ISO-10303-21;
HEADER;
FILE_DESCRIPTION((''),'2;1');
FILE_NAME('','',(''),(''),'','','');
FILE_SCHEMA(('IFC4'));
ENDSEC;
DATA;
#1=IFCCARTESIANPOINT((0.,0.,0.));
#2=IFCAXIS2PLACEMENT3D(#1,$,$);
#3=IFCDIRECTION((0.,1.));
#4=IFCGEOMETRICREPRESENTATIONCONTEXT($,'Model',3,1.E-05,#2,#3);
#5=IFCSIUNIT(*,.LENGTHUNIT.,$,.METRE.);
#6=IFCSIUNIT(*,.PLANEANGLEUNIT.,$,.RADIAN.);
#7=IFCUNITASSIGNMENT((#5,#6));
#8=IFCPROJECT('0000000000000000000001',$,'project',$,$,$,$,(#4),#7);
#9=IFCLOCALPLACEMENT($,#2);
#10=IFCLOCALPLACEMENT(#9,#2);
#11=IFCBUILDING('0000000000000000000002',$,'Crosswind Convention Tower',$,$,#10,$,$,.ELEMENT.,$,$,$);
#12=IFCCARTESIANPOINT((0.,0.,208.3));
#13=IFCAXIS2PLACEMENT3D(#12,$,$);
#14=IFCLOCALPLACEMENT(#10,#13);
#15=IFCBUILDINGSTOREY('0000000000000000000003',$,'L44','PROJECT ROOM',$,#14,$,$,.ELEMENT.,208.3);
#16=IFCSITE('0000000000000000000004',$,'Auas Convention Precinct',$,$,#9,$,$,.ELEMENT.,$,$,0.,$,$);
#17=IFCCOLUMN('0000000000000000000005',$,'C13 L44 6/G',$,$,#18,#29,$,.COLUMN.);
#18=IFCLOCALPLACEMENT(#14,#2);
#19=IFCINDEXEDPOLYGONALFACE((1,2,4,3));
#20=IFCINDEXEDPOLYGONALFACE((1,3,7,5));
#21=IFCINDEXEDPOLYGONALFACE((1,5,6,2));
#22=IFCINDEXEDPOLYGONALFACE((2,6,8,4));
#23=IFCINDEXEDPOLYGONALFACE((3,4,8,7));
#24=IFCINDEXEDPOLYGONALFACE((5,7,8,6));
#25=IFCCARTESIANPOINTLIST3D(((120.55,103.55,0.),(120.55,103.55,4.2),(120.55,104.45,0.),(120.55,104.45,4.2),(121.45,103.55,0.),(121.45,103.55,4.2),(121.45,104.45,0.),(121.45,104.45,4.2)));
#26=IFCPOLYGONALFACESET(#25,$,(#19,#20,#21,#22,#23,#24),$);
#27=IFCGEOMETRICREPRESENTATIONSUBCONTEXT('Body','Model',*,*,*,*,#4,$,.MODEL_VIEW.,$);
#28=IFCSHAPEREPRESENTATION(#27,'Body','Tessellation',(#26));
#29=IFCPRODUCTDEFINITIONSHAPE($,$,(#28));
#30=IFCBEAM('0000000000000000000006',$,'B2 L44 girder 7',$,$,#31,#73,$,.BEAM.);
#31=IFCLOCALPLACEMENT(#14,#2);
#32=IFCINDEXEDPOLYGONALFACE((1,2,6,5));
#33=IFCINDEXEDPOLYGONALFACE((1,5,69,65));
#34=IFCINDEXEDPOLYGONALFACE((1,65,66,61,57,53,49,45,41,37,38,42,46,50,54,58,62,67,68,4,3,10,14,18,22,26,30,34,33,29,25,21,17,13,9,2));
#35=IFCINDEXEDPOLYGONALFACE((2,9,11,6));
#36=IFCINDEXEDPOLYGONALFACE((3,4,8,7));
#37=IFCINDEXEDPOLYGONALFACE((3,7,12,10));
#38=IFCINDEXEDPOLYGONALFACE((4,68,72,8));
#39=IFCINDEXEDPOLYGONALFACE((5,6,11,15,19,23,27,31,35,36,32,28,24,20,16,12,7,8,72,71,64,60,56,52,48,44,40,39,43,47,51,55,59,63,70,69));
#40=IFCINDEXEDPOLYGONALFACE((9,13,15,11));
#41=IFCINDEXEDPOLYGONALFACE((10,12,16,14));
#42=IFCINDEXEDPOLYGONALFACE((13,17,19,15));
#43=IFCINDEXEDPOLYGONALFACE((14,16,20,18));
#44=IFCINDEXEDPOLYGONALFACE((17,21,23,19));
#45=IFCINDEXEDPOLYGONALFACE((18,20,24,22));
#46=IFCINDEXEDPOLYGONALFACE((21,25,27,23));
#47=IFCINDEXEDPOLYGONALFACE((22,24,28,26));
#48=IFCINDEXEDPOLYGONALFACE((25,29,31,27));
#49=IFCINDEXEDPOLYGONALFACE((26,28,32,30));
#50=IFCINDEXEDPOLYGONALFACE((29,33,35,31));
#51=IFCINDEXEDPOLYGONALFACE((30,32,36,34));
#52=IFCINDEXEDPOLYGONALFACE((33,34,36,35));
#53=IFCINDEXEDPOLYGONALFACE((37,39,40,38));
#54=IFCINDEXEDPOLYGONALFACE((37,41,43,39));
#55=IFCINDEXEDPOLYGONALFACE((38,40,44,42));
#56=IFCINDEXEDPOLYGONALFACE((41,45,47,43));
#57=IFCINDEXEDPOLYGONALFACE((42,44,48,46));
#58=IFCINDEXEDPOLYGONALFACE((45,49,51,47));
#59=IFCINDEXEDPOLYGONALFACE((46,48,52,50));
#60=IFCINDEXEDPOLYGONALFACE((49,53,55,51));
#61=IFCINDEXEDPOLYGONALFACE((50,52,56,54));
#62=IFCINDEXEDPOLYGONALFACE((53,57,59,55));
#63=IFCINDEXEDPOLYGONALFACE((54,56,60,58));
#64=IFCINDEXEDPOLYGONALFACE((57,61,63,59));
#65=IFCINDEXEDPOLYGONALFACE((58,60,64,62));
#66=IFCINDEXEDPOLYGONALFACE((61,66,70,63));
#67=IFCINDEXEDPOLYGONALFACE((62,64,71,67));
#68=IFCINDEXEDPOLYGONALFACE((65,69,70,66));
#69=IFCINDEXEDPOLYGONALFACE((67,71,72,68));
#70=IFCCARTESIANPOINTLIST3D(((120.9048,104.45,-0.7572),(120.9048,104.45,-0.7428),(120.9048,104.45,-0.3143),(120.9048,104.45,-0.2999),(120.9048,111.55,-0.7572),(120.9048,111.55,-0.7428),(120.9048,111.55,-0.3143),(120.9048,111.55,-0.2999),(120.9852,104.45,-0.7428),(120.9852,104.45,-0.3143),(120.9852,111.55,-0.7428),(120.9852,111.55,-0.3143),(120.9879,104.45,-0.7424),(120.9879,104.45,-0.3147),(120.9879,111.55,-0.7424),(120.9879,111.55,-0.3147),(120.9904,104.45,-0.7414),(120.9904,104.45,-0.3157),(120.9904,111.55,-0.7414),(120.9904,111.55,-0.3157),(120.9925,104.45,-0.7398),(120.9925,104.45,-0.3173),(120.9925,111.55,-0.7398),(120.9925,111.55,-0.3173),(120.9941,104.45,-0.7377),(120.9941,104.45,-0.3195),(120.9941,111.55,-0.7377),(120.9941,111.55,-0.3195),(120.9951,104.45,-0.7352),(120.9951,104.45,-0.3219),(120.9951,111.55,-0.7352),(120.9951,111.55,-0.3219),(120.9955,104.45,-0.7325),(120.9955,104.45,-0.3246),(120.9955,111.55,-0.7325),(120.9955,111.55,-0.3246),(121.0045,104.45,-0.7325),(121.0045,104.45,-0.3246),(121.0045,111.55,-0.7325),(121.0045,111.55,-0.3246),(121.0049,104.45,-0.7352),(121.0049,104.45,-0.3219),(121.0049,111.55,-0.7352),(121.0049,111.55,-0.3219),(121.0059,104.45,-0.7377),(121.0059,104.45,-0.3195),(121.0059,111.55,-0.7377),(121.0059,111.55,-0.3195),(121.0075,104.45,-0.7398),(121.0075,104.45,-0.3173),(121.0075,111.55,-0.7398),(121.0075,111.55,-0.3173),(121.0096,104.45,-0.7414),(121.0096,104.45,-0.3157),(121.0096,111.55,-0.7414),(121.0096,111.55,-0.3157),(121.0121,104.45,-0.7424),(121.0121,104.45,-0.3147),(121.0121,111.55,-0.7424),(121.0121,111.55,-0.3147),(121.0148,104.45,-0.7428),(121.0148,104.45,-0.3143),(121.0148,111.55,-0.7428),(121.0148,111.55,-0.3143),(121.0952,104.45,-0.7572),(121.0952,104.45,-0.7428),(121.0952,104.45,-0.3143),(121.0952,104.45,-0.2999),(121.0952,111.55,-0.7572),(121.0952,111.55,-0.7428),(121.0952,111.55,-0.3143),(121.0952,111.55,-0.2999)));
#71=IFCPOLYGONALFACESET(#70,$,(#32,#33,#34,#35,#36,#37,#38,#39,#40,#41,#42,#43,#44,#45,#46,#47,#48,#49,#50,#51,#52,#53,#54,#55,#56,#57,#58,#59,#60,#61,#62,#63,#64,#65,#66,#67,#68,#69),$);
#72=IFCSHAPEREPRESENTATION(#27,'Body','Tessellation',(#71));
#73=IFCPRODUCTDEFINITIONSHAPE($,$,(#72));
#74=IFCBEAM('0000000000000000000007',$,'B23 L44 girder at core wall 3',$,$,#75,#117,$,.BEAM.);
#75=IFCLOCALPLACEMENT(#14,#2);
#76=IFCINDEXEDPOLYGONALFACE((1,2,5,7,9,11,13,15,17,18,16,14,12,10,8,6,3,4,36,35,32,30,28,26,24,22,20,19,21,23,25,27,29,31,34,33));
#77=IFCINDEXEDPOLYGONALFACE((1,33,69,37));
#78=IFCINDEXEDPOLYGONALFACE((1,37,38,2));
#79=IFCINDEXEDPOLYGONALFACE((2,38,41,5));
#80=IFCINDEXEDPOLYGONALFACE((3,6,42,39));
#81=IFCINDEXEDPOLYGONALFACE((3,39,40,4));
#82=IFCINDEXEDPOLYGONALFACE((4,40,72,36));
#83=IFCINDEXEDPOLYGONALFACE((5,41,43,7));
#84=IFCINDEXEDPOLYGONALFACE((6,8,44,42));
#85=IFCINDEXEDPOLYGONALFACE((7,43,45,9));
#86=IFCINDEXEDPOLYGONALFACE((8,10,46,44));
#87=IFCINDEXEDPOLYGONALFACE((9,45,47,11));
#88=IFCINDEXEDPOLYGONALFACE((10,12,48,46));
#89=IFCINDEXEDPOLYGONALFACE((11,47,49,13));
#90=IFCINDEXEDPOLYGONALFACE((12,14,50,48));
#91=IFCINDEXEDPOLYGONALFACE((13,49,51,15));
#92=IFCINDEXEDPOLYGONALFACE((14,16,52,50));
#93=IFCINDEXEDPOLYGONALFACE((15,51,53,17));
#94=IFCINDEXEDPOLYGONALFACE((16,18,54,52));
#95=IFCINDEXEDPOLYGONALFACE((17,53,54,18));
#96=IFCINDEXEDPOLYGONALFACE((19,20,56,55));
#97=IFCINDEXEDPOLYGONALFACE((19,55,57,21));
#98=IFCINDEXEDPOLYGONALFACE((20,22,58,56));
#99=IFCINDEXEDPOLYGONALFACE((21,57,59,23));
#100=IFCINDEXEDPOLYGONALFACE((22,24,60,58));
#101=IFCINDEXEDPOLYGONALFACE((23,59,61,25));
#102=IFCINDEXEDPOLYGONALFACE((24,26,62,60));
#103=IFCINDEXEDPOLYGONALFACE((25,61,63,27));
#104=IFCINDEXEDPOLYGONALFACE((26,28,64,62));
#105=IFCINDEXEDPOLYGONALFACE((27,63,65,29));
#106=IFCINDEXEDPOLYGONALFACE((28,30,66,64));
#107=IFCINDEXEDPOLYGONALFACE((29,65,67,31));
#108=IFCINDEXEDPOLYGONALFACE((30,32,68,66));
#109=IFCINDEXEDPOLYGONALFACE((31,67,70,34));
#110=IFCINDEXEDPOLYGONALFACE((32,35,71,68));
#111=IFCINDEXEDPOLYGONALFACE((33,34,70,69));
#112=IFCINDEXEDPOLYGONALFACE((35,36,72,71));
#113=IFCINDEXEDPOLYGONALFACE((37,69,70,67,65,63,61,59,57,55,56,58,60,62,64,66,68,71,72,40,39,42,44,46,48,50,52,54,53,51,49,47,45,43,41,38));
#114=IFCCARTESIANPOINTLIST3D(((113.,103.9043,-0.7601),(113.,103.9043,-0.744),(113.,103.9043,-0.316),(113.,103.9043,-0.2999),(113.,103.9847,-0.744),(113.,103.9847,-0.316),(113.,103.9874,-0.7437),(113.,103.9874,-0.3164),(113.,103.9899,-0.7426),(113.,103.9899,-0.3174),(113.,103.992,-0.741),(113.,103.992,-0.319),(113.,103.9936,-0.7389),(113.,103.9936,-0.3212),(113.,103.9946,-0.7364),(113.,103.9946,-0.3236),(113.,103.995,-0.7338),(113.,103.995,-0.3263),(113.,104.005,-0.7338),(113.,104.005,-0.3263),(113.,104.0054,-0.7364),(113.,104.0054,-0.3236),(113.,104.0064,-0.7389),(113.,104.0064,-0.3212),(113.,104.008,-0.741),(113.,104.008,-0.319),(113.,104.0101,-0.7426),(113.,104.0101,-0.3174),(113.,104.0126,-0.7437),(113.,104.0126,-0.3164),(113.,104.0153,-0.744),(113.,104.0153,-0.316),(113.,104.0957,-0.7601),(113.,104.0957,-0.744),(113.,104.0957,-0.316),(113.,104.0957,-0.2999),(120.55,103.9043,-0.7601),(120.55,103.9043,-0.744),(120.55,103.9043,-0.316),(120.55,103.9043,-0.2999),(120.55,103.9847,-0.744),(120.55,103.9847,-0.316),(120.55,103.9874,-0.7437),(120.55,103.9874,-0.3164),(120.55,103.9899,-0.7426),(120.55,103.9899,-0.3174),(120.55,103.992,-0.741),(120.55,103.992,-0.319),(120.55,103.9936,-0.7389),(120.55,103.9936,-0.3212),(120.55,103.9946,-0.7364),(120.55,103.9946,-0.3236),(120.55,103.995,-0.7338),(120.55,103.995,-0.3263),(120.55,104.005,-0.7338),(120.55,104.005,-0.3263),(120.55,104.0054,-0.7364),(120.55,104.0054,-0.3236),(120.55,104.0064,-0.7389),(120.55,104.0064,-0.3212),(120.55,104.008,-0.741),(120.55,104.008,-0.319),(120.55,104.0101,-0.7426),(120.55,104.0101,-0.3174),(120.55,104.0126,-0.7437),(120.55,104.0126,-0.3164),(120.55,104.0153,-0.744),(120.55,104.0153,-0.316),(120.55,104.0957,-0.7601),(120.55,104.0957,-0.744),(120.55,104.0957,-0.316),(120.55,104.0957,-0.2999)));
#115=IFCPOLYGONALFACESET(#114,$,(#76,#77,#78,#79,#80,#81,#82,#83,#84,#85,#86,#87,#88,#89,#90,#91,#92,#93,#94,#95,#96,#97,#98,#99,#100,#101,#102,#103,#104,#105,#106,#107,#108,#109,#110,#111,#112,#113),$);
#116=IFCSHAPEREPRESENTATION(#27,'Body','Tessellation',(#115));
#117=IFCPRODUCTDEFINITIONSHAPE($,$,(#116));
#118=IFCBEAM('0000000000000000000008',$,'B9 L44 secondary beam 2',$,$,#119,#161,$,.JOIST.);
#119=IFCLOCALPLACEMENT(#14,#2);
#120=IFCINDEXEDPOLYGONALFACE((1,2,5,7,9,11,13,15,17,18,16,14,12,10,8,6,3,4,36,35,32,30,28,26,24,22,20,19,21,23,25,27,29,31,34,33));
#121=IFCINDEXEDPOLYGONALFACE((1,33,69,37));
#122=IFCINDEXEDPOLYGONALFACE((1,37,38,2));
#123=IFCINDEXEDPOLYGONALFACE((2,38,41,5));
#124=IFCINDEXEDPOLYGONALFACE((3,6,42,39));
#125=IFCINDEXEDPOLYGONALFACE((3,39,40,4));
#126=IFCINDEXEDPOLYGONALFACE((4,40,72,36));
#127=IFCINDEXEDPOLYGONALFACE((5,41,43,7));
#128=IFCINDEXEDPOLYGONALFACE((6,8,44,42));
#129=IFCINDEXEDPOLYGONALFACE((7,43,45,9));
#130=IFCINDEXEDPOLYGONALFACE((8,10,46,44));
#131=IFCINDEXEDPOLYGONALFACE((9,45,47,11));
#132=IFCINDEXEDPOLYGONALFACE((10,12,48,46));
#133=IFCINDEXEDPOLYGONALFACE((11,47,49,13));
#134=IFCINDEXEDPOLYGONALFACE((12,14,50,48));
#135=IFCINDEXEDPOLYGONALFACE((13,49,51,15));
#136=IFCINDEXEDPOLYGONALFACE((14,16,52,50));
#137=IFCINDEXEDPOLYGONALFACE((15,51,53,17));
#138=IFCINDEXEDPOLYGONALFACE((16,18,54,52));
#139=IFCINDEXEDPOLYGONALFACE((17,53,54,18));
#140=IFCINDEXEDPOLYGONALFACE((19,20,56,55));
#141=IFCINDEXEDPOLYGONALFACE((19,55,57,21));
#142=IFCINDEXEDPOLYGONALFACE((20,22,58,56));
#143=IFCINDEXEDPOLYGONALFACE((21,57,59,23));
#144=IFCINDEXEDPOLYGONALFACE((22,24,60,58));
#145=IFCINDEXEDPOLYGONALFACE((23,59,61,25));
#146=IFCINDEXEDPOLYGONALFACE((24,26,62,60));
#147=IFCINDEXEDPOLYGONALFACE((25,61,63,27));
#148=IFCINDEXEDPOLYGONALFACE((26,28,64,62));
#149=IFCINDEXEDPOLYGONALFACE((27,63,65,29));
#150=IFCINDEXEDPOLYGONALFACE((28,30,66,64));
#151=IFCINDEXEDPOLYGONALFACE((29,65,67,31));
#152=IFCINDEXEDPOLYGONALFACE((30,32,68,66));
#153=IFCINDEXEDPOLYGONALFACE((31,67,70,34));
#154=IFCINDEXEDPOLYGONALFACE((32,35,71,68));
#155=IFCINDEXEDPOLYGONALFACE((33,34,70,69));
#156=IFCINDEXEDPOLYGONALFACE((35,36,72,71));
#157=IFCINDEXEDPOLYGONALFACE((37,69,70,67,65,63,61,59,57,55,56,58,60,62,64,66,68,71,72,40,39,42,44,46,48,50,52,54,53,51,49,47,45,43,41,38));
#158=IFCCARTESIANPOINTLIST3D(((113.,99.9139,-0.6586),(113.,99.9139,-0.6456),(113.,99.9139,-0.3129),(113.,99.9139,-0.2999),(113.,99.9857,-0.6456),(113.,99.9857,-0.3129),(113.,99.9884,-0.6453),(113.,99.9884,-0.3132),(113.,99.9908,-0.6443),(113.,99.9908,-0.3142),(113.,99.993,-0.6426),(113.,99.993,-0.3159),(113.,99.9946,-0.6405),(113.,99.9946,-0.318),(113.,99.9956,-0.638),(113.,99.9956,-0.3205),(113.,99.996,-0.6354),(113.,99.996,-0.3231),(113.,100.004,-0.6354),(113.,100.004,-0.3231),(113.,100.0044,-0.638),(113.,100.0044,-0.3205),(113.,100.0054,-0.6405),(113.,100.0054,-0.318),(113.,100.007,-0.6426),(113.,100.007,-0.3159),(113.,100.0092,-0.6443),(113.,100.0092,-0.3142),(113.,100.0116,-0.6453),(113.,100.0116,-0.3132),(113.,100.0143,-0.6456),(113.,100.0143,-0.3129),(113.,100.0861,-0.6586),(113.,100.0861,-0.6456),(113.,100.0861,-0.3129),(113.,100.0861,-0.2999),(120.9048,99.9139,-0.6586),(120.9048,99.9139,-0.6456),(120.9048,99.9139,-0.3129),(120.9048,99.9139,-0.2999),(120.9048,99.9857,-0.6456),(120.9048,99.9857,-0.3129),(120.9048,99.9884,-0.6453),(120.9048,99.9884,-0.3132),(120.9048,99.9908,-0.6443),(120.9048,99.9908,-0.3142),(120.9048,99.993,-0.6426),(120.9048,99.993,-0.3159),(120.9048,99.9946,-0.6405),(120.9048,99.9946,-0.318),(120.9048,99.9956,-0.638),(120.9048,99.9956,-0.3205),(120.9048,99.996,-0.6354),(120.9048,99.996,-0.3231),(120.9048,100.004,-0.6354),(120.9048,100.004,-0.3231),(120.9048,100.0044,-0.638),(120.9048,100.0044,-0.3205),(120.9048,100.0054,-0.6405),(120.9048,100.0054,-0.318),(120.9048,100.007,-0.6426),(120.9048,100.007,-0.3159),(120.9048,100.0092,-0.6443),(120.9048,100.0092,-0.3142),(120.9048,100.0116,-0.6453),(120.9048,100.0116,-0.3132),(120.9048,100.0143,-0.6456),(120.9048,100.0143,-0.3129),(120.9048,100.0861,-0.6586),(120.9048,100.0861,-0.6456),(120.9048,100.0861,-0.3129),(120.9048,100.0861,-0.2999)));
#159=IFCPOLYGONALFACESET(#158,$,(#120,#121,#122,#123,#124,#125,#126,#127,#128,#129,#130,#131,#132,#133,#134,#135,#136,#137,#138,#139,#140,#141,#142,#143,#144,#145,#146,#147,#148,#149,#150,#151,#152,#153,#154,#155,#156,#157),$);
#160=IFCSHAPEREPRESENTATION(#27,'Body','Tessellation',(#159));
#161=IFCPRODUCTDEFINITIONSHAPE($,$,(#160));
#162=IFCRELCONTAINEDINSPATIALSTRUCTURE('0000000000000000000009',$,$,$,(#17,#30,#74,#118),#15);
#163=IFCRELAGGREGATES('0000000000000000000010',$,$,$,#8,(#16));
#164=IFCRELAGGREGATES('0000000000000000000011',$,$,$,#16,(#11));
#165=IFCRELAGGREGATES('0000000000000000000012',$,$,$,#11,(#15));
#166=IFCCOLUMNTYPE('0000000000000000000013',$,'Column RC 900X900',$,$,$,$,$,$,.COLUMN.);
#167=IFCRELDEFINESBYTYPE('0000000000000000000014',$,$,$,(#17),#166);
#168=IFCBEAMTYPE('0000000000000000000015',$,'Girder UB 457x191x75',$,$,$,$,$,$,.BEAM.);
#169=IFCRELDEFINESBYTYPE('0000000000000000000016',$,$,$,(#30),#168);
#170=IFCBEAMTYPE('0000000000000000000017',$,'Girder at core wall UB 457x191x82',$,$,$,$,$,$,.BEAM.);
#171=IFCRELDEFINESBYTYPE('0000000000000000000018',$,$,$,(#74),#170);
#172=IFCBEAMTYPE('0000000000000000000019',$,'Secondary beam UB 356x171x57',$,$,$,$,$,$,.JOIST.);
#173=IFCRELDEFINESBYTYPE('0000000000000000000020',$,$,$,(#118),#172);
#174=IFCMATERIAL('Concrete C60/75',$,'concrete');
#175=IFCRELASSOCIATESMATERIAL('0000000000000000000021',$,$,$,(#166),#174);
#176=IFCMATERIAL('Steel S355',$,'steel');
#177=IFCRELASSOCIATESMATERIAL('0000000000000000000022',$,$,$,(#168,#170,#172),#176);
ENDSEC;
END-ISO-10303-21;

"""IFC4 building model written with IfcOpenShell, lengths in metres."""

from ifc_helpers import new_model, si_unit, direction, frame, origin, origin_2d, place, context, subcontext, project, spatial, rectangle, i_section, extrude, material, material_profile, profile_set, type_object, element, save


model = new_model("IFC4")

# Units and contexts
model_context = context("Model", 3, precision=1e-05, world=origin(), true_north=direction((0.0, 1.0)))
body_context = subcontext(model_context, "Body", "Model", "MODEL_VIEW")
ifc_project = project(units=[si_unit("LENGTHUNIT", "METRE"), si_unit("PLANEANGLEUNIT", "RADIAN")], contexts=[model_context])

# Site, building, storey
site_placement = place(None, origin())
site = spatial("IfcSite", under=ifc_project, at=site_placement, Name="Auas Convention Precinct", CompositionType="ELEMENT", RefElevation=0.0)
building_placement = place(site_placement, origin())
building = spatial("IfcBuilding", under=site, at=building_placement, Name="Crosswind Convention Tower", CompositionType="ELEMENT")
storey_placement = place(building_placement, frame((0.0, 0.0, 208.3)))
storey = spatial("IfcBuildingStorey", under=building, at=storey_placement, Name="L44", Description="PROJECT ROOM", CompositionType="ELEMENT", Elevation=208.3)

# Column
ifc_material_1 = material(Name="Concrete C60/75", Category="concrete")
ifc_material_profile_1 = material_profile(ifc_material_1, rectangle(XDim=0.8999, YDim=0.8999, at=origin_2d()), Name="RC 900X900")
ifc_profile_set_1 = profile_set([ifc_material_profile_1], Name="Concrete C60/75")
column_type = type_object("IfcColumnType", Name="Column RC 900X900", PredefinedType="COLUMN", material=ifc_profile_set_1)
column_placement = place(storey_placement, frame((121.0, 104.0, 0.0), z_axis=(0.0, 0.0, 1.0), x_axis=(1.0, 0.0, 0.0)))
element("IfcColumn", 1, at=column_placement, inside=storey, type_object=column_type, Name="C13 L44 6/G", PredefinedType="COLUMN", context=body_context, shape_type="SweptSolid", body=[
    extrude(rectangle(XDim=0.8999, YDim=0.8999, at=origin_2d()), origin(), (0.0, 0.0, 1.0), 4.2),
])

# Beams
ifc_material_2 = material(Name="Steel S355", Category="steel")
ifc_material_profile_2 = material_profile(ifc_material_2, i_section(OverallWidth=0.1904, OverallDepth=0.4573, WebThickness=0.009, FlangeThickness=0.0144, FilletRadius=0.0103, at=origin_2d()), Name="UB 457x191x75")
ifc_profile_set_2 = profile_set([ifc_material_profile_2], Name="Steel S355")
beam_type_1 = type_object("IfcBeamType", Name="Girder UB 457x191x75", PredefinedType="BEAM", material=ifc_profile_set_2)
beam_1_placement = place(storey_placement, frame((121.0, 104.45, -0.5286), z_axis=(0.0, 1.0, 0.0), x_axis=(-1.0, 0.0, 0.0)))
element("IfcBeam", 2, at=beam_1_placement, inside=storey, type_object=beam_type_1, Name="B2 L44 girder 7", PredefinedType="BEAM", context=body_context, shape_type="SweptSolid", body=[
    extrude(i_section(OverallWidth=0.1904, OverallDepth=0.4573, WebThickness=0.009, FlangeThickness=0.0144, FilletRadius=0.0103, at=origin_2d()), origin(), (0.0, 0.0, 1.0), 7.1001),
])
ifc_material_profile_3 = material_profile(ifc_material_2, i_section(OverallWidth=0.1914, OverallDepth=0.4602, WebThickness=0.01, FlangeThickness=0.0161, FilletRadius=0.0103, at=origin_2d()), Name="UB 457x191x82")
ifc_profile_set_3 = profile_set([ifc_material_profile_3], Name="Steel S355")
beam_type_2 = type_object("IfcBeamType", Name="Girder at core wall UB 457x191x82", PredefinedType="BEAM", material=ifc_profile_set_3)
beam_2_placement = place(storey_placement, frame((113.0, 104.0, -0.53), z_axis=(1.0, 0.0, 0.0), x_axis=(0.0, 1.0, 0.0)))
element("IfcBeam", 3, at=beam_2_placement, inside=storey, type_object=beam_type_2, Name="B23 L44 girder at core wall 3", PredefinedType="BEAM", context=body_context, shape_type="SweptSolid", body=[
    extrude(i_section(OverallWidth=0.1914, OverallDepth=0.4602, WebThickness=0.01, FlangeThickness=0.0161, FilletRadius=0.0103, at=origin_2d()), origin(), (0.0, 0.0, 1.0), 7.55),
])
ifc_material_profile_4 = material_profile(ifc_material_2, i_section(OverallWidth=0.1721, OverallDepth=0.3586, WebThickness=0.0081, FlangeThickness=0.0129, FilletRadius=0.0103, at=origin_2d()), Name="UB 356x171x57")
ifc_profile_set_4 = profile_set([ifc_material_profile_4], Name="Steel S355")
beam_type_3 = type_object("IfcBeamType", Name="Secondary beam UB 356x171x57", PredefinedType="JOIST", material=ifc_profile_set_4)
for number, where, z_axis, x_axis, name in (
    (4, (113.0, 100.0, -0.4792), (1.0, 0.0, 0.0), (0.0, 1.0, 0.0), "B9 L44 secondary beam 2"),
):
    element("IfcBeam", number, at=place(storey_placement, frame(where, z_axis=z_axis, x_axis=x_axis)), inside=storey, type_object=beam_type_3, Name=name, PredefinedType="JOIST", context=body_context, shape_type="SweptSolid", body=[
        extrude(i_section(OverallWidth=0.1721, OverallDepth=0.3586, WebThickness=0.0081, FlangeThickness=0.0129, FilletRadius=0.0103, at=origin_2d()), origin(), (0.0, 0.0, 1.0), 7.9048),
    ])

save(model, "model.ifc")
